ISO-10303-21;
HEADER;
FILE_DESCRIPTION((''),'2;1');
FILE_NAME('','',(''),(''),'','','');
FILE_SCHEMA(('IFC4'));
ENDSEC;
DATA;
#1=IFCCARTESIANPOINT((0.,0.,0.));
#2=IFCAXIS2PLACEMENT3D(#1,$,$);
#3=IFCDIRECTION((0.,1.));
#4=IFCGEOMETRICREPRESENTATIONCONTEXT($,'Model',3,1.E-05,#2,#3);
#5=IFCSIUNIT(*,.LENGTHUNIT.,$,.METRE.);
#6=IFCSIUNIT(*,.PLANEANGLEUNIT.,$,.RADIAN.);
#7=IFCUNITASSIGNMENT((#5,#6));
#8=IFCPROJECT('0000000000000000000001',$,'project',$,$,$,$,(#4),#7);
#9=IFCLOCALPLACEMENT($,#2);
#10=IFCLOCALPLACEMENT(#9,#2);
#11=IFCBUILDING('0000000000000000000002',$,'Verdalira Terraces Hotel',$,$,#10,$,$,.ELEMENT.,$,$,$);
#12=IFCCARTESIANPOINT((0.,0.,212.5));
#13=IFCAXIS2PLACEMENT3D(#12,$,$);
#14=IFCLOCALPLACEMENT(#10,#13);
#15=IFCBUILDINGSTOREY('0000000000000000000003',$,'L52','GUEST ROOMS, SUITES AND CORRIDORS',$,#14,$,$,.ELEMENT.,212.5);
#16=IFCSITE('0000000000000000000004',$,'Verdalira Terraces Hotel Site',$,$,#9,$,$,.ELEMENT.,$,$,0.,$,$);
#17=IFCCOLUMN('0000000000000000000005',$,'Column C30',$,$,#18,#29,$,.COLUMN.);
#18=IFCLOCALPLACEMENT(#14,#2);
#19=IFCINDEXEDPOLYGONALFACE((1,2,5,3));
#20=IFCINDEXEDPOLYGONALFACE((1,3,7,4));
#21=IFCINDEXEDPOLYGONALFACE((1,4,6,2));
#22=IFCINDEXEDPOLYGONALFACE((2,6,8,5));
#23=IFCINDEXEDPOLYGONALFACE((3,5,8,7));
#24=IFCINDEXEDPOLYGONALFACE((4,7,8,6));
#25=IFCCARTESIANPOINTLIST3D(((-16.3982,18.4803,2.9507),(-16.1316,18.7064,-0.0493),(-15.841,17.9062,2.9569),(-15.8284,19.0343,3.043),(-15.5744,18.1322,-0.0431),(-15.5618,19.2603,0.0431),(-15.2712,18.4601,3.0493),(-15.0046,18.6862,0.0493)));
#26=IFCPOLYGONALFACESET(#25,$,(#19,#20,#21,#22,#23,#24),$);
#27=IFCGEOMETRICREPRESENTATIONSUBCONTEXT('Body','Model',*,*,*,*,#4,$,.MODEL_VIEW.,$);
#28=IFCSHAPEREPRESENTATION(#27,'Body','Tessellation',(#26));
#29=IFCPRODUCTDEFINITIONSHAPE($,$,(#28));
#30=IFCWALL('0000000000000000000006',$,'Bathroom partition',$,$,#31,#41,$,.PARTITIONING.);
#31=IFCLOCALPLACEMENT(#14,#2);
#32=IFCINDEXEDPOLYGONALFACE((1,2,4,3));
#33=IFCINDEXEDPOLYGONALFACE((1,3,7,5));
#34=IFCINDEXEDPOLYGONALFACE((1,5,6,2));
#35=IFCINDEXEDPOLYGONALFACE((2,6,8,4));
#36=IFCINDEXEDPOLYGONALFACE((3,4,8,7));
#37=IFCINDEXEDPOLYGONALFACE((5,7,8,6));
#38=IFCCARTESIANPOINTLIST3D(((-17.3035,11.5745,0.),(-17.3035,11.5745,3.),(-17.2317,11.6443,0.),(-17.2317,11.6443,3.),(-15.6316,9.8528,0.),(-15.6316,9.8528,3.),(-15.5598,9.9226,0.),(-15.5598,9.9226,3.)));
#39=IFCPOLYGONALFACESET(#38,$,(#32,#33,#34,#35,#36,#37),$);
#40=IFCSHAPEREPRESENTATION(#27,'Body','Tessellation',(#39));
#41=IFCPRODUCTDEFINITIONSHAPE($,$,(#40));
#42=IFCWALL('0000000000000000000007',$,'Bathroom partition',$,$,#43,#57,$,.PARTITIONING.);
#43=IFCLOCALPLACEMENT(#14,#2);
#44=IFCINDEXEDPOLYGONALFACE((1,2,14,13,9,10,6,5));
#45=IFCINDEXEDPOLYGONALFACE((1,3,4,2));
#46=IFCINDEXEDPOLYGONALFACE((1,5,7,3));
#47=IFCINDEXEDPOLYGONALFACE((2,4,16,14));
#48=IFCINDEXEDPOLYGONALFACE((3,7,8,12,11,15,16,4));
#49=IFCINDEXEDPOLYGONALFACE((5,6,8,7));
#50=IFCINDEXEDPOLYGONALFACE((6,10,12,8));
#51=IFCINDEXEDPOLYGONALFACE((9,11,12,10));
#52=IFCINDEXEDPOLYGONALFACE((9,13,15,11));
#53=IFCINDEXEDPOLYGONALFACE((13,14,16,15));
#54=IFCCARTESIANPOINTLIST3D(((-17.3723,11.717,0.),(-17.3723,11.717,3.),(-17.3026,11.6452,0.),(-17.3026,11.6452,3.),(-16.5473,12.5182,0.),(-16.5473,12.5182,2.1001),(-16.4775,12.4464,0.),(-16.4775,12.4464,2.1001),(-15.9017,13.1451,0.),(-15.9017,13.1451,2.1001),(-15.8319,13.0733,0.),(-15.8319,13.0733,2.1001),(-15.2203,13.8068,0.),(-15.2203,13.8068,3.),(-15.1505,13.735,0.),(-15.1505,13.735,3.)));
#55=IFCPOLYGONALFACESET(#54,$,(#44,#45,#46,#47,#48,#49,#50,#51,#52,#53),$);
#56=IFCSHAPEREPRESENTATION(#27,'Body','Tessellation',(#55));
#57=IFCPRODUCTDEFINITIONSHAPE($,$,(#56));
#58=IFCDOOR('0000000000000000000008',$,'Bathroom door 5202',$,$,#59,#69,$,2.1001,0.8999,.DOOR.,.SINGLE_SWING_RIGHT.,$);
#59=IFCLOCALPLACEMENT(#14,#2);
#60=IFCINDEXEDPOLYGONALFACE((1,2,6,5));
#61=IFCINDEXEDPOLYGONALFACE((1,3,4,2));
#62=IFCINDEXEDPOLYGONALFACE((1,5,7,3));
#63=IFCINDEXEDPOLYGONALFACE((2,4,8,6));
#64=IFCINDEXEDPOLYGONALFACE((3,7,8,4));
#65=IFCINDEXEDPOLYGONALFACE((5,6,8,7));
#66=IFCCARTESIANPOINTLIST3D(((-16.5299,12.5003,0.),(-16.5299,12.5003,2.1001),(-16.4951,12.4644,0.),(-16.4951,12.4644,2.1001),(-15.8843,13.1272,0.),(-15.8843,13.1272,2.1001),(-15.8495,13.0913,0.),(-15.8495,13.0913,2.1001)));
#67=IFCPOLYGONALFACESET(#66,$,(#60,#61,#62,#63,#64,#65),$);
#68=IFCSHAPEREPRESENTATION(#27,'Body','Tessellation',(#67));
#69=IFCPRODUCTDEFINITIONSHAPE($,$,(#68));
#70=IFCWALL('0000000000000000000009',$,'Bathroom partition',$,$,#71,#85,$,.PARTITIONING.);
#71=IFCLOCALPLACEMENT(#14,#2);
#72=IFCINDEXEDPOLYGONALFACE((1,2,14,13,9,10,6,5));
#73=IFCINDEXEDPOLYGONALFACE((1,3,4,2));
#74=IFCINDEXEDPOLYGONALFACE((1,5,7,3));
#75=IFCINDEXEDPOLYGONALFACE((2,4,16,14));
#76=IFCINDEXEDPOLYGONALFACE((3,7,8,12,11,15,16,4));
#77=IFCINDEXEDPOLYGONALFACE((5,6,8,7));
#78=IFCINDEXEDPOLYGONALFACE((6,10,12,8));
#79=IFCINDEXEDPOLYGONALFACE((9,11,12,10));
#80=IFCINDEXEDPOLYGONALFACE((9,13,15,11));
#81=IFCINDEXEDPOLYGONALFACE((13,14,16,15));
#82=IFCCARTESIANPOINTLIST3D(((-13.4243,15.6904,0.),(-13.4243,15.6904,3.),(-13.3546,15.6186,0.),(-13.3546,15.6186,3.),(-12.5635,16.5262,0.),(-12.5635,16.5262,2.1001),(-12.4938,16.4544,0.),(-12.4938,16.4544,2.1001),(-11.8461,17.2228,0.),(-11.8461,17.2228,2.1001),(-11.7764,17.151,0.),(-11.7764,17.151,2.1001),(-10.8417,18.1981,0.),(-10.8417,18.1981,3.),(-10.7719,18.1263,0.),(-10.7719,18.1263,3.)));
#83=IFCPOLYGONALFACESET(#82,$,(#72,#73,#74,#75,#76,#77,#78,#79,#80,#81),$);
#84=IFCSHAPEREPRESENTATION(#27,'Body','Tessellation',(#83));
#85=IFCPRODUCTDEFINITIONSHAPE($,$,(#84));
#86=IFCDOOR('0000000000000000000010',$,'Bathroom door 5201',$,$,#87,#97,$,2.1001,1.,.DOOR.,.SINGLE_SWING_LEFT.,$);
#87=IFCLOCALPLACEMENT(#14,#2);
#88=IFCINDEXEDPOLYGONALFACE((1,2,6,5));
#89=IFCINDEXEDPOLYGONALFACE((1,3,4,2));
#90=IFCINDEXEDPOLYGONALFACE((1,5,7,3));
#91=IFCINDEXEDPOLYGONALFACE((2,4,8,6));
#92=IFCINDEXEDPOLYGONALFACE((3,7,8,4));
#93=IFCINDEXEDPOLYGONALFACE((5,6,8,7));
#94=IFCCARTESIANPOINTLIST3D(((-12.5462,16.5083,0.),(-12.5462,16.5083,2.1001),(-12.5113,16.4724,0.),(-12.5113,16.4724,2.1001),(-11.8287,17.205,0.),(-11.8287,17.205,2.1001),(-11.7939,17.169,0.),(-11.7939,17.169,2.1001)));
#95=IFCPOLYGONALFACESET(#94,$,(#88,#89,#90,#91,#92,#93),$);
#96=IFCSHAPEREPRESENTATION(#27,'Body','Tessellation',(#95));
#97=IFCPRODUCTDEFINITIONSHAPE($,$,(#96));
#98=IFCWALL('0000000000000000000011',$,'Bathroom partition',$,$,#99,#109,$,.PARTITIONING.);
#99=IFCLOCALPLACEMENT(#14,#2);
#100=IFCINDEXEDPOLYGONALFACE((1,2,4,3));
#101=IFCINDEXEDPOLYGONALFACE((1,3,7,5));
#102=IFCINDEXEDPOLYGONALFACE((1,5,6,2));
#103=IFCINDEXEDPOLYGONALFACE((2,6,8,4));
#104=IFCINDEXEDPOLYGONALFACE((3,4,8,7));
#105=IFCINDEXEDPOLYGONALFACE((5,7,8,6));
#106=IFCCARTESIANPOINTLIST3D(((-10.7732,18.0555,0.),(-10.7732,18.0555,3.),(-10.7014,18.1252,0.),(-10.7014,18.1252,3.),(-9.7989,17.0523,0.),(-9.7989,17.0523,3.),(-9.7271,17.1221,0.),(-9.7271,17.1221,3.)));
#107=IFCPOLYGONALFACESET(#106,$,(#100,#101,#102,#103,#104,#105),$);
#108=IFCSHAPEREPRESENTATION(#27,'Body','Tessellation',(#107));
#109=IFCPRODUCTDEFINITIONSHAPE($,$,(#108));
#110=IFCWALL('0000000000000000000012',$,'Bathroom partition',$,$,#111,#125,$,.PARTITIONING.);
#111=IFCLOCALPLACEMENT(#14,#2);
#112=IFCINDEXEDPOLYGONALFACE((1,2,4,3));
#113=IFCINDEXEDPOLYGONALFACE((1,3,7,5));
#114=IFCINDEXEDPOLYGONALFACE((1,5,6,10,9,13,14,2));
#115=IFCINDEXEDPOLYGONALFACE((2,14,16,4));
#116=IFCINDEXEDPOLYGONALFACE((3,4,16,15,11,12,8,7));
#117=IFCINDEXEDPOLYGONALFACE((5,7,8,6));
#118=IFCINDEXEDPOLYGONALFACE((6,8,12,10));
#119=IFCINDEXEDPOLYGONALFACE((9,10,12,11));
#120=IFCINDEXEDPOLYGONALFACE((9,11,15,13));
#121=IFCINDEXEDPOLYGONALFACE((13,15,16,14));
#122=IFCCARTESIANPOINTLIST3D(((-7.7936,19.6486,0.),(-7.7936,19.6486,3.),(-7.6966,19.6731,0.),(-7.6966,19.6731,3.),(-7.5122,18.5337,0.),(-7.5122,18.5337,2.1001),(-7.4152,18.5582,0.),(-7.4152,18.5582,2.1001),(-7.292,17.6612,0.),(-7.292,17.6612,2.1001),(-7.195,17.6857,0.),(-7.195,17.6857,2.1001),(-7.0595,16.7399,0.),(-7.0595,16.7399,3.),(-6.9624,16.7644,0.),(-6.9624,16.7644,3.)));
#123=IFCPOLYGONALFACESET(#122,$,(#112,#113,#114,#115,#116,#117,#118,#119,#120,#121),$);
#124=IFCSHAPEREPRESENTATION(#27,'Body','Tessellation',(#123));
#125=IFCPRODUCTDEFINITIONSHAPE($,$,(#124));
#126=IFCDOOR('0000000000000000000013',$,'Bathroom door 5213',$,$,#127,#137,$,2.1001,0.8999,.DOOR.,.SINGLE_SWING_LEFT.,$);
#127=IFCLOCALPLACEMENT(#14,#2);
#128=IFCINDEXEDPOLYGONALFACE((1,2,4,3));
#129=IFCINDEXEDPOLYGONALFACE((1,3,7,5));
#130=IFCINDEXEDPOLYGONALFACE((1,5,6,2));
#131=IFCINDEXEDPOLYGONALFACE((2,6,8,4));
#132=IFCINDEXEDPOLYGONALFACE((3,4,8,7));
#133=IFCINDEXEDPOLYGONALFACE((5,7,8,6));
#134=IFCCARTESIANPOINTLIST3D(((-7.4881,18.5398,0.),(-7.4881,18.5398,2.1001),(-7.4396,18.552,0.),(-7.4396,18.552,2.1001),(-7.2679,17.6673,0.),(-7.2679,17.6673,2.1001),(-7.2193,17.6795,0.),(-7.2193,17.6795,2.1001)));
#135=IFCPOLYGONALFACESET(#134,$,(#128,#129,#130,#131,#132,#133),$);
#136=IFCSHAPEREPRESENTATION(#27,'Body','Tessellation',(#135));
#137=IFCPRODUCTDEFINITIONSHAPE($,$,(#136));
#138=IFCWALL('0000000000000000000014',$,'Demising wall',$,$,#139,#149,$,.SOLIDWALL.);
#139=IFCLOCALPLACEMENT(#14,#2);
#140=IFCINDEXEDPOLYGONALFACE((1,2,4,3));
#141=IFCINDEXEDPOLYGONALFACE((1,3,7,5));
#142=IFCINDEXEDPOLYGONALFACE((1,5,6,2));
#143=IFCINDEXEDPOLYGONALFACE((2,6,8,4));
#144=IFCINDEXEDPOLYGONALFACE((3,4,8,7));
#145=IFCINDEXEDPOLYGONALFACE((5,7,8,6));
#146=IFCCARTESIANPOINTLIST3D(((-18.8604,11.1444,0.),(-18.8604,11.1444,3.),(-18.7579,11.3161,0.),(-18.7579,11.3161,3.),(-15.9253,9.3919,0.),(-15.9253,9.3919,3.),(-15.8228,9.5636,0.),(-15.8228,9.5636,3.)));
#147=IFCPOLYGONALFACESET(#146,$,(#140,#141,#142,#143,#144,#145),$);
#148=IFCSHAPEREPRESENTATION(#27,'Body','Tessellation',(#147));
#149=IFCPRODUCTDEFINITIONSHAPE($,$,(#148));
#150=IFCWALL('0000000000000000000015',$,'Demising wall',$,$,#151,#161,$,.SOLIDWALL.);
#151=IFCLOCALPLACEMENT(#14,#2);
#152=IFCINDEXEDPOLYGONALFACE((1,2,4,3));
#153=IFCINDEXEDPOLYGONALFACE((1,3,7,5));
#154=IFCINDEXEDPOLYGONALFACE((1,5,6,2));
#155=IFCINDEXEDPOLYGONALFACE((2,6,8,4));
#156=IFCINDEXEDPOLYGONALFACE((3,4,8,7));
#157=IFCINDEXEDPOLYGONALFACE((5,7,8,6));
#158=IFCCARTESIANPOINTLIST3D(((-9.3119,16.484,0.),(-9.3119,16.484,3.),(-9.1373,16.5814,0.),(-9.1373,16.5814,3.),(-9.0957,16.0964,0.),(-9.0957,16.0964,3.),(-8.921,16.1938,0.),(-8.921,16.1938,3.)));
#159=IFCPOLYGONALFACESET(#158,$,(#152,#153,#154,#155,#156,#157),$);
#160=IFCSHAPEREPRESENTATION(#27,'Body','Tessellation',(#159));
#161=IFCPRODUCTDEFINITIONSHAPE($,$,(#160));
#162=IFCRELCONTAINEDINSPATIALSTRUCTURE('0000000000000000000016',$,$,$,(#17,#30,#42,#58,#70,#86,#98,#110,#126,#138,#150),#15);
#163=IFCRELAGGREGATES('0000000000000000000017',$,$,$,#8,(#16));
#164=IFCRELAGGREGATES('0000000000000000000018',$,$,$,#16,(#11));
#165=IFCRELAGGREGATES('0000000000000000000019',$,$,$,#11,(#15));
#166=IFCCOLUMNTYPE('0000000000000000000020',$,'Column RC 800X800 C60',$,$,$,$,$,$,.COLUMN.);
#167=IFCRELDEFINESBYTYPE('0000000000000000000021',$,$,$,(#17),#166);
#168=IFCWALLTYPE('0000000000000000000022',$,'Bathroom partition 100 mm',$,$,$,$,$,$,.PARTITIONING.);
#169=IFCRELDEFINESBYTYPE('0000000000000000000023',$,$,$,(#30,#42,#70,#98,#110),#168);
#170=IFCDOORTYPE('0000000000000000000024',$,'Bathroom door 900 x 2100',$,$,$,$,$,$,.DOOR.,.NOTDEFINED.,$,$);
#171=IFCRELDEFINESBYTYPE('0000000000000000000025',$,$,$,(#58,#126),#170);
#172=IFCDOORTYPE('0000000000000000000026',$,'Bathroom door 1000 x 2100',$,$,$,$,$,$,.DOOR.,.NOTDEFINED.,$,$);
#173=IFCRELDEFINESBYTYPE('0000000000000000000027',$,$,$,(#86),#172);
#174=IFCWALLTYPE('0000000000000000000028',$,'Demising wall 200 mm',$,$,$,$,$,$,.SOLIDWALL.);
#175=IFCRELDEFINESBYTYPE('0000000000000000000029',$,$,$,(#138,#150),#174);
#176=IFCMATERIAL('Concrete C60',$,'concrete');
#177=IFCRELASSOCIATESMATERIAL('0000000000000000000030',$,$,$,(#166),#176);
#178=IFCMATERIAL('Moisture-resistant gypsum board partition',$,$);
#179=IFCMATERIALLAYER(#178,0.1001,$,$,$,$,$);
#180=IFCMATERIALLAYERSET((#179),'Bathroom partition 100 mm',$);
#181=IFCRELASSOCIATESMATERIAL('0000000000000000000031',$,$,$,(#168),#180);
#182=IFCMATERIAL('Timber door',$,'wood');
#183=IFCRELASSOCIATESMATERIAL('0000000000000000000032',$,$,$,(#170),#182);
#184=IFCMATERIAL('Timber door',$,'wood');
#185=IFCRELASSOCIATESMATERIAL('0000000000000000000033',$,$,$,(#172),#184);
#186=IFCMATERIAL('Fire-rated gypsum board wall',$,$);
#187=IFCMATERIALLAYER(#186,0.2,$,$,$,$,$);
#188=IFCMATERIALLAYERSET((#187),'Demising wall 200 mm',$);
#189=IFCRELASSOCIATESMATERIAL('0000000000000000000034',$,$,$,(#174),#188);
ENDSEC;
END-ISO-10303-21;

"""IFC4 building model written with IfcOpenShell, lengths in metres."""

from ifc_helpers import new_model, si_unit, direction, frame, frame_2d, origin, origin_2d, place, context, subcontext, project, spatial, rectangle, extrude, material, layer, layer_set, material_profile, profile_set, type_object, element, fill, save


model = new_model("IFC4")

# Units and contexts
model_context = context("Model", 3, precision=1e-05, world=origin(), true_north=direction((0.0, 1.0)))
body_context = subcontext(model_context, "Body", "Model", "MODEL_VIEW")
ifc_project = project(units=[si_unit("LENGTHUNIT", "METRE"), si_unit("PLANEANGLEUNIT", "RADIAN")], contexts=[model_context])

# Site, building, storey
site_placement = place(None, origin())
site = spatial("IfcSite", under=ifc_project, at=site_placement, Name="Verdalira Terraces Hotel Site", CompositionType="ELEMENT", RefElevation=0.0)
building_placement = place(site_placement, origin())
building = spatial("IfcBuilding", under=site, at=building_placement, Name="Verdalira Terraces Hotel", CompositionType="ELEMENT")
storey_placement = place(building_placement, frame((0.0, 0.0, 212.5)))
storey = spatial("IfcBuildingStorey", under=building, at=storey_placement, Name="L52", Description="GUEST ROOMS, SUITES AND CORRIDORS", CompositionType="ELEMENT", Elevation=212.5)

# Column
ifc_material_1 = material(Name="Concrete C60", Category="concrete")
ifc_material_profile = material_profile(ifc_material_1, rectangle(XDim=0.8, YDim=0.8, at=origin_2d()), Name="RC 800X800")
ifc_profile_set = profile_set([ifc_material_profile], Name="Concrete C60")
column_type = type_object("IfcColumnType", Name="Column RC 800X800 C60", PredefinedType="COLUMN", material=ifc_profile_set)
column_placement = place(storey_placement, frame((-15.5681, 18.6963, 0.0), z_axis=(-0.08827, -0.074852, 0.99328), x_axis=(-0.696413, 0.717599, -0.007811)))
element("IfcColumn", 1, at=column_placement, inside=storey, type_object=column_type, Name="Column C30", PredefinedType="COLUMN", context=body_context, shape_type="SweptSolid", body=[
    extrude(rectangle(XDim=0.8, YDim=0.8, at=origin_2d()), origin(), (0.0, 0.0, 1.0), 3.0203),
])

# Wall
ifc_material_2 = material(Name="Moisture-resistant gypsum board partition")
ifc_layer_1 = layer(ifc_material_2, 0.1001)
ifc_layer_set_1 = layer_set([ifc_layer_1], Name="Bathroom partition 100 mm")
wall_type_1 = type_object("IfcWallType", Name="Bathroom partition 100 mm", PredefinedType="PARTITIONING", material=ifc_layer_set_1)
wall_1_placement = place(storey_placement, frame((-15.5957, 9.8877, 0.0), z_axis=(0.0, 0.0, 1.0), x_axis=(-0.696654, 0.717407, 0.0)))
element("IfcWall", 2, at=wall_1_placement, inside=storey, type_object=wall_type_1, Name="Bathroom partition", PredefinedType="PARTITIONING", context=body_context, shape_type="SweptSolid", body=[
    extrude(rectangle(XDim=2.3999, YDim=0.1001, at=frame_2d((1.2, 0.0))), origin(), (0.0, 0.0, 1.0), 3.0),
])

# Walls, openings, doors
wall_2_placement = place(storey_placement, frame((-15.1853, 13.771, 0.0), z_axis=(0.0, 0.0, 1.0), x_axis=(-0.717407, -0.696654, 0.0)))
wall_2 = element("IfcWall", 3, at=wall_2_placement, inside=storey, type_object=wall_type_1, Name="Bathroom partition", PredefinedType="PARTITIONING", context=body_context, shape_type="SweptSolid", body=[
    extrude(rectangle(XDim=2.9998, YDim=0.1001, at=frame_2d((1.5, 0.0))), origin(), (0.0, 0.0, 1.0), 3.0),
])
opening_1_placement = place(wall_2_placement, frame((0.95, 0.0, 0.0)))
opening_1 = element("IfcOpeningElement", 4, at=opening_1_placement, cuts=wall_2, PredefinedType="OPENING", context=body_context, shape_type="SweptSolid", body=[
    extrude(rectangle(XDim=0.8999, YDim=2.1001, at=frame_2d((0.45, 1.05))), frame((0.0, 0.0601, 0.0), z_axis=(0.0, -1.0, 0.0), x_axis=(1.0, 0.0, 0.0)), (0.0, 0.0, 1.0), 0.1201),
])
ifc_material_3 = material(Name="Timber door", Category="wood")
door_type_1 = type_object("IfcDoorType", Name="Bathroom door 900 x 2100", OperationType="NOTDEFINED", PredefinedType="DOOR", material=ifc_material_3)
door_1_placement = place(opening_1_placement, origin())
door_1 = element("IfcDoor", 5, at=door_1_placement, inside=storey, type_object=door_type_1, Name="Bathroom door 5202", OperationType="SINGLE_SWING_RIGHT", OverallHeight=2.1001, OverallWidth=0.8999, PredefinedType="DOOR", context=body_context, shape_type="SweptSolid", body=[
    extrude(rectangle(XDim=0.8999, YDim=2.1001, at=frame_2d((0.45, 1.05))), frame((0.0, 0.0249, 0.0), z_axis=(0.0, -1.0, 0.0), x_axis=(1.0, 0.0, 0.0)), (0.0, 0.0, 1.0), 0.05),
])
fill(opening_1, door_1)
wall_3_placement = place(storey_placement, frame((-10.8069, 18.1621, 0.0), z_axis=(0.0, 0.0, 1.0), x_axis=(-0.71744, -0.69662, 0.0)))
wall_3 = element("IfcWall", 6, at=wall_3_placement, inside=storey, type_object=wall_type_1, Name="Bathroom partition", PredefinedType="PARTITIONING", context=body_context, shape_type="SweptSolid", body=[
    extrude(rectangle(XDim=3.5999, YDim=0.1001, at=frame_2d((1.7998, 0.0))), origin(), (0.0, 0.0, 1.0), 3.0),
])
opening_2_placement = place(wall_3_placement, frame((1.3999, 0.0, 0.0)))
opening_2 = element("IfcOpeningElement", 7, at=opening_2_placement, cuts=wall_3, PredefinedType="OPENING", context=body_context, shape_type="SweptSolid", body=[
    extrude(rectangle(XDim=1.0, YDim=2.1001, at=frame_2d((0.5, 1.05))), frame((0.0, 0.0601, 0.0), z_axis=(0.0, -1.0, 0.0), x_axis=(1.0, 0.0, 0.0)), (0.0, 0.0, 1.0), 0.1201),
])
ifc_material_4 = material(Name="Timber door", Category="wood")
door_type_2 = type_object("IfcDoorType", Name="Bathroom door 1000 x 2100", OperationType="NOTDEFINED", PredefinedType="DOOR", material=ifc_material_4)
door_2_placement = place(opening_2_placement, origin())
door_2 = element("IfcDoor", 8, at=door_2_placement, inside=storey, type_object=door_type_2, Name="Bathroom door 5201", OperationType="SINGLE_SWING_LEFT", OverallHeight=2.1001, OverallWidth=1.0, PredefinedType="DOOR", context=body_context, shape_type="SweptSolid", body=[
    extrude(rectangle(XDim=1.0, YDim=2.1001, at=frame_2d((0.5, 1.05))), frame((0.0, 0.0249, 0.0), z_axis=(0.0, -1.0, 0.0), x_axis=(1.0, 0.0, 0.0)), (0.0, 0.0, 1.0), 0.05),
])
fill(opening_2, door_2)

# Wall
wall_4_placement = place(storey_placement, frame((-10.7373, 18.0903, 0.0), z_axis=(0.0, 0.0, 1.0), x_axis=(0.696732, -0.717332, 0.0)))
element("IfcWall", 9, at=wall_4_placement, inside=storey, type_object=wall_type_1, Name="Bathroom partition", PredefinedType="PARTITIONING", context=body_context, shape_type="SweptSolid", body=[
    extrude(rectangle(XDim=1.3984, YDim=0.1001, at=frame_2d((0.6992, 0.0))), origin(), (0.0, 0.0, 1.0), 3.0),
])

# Wall, opening, door
wall_5_placement = place(storey_placement, frame((-7.7451, 19.6609, 0.0), z_axis=(0.0, 0.0, 1.0), x_axis=(0.244718, -0.969594, 0.0)))
wall_5 = element("IfcWall", 10, at=wall_5_placement, inside=storey, type_object=wall_type_1, Name="Bathroom partition", PredefinedType="PARTITIONING", context=body_context, shape_type="SweptSolid", body=[
    extrude(rectangle(XDim=3.0, YDim=0.1001, at=frame_2d((1.5, 0.0))), origin(), (0.0, 0.0, 1.0), 3.0),
])
opening_3_placement = place(wall_5_placement, frame((1.1499, 0.0, 0.0)))
opening_3 = element("IfcOpeningElement", 11, at=opening_3_placement, cuts=wall_5, PredefinedType="OPENING", context=body_context, shape_type="SweptSolid", body=[
    extrude(rectangle(XDim=0.8999, YDim=2.1001, at=frame_2d((0.45, 1.05))), frame((0.0, 0.0601, 0.0), z_axis=(0.0, -1.0, 0.0), x_axis=(1.0, 0.0, 0.0)), (0.0, 0.0, 1.0), 0.1201),
])
door_3_placement = place(opening_3_placement, origin())
door_3 = element("IfcDoor", 12, at=door_3_placement, inside=storey, type_object=door_type_1, Name="Bathroom door 5213", OperationType="SINGLE_SWING_LEFT", OverallHeight=2.1001, OverallWidth=0.8999, PredefinedType="DOOR", context=body_context, shape_type="SweptSolid", body=[
    extrude(rectangle(XDim=0.8999, YDim=2.1001, at=frame_2d((0.45, 1.05))), frame((0.0, 0.0249, 0.0), z_axis=(0.0, -1.0, 0.0), x_axis=(1.0, 0.0, 0.0)), (0.0, 0.0, 1.0), 0.05),
])
fill(opening_3, door_3)

# Walls
ifc_material_5 = material(Name="Fire-rated gypsum board wall")
ifc_layer_2 = layer(ifc_material_5, 0.2)
ifc_layer_set_2 = layer_set([ifc_layer_2], Name="Demising wall 200 mm")
wall_type_2 = type_object("IfcWallType", Name="Demising wall 200 mm", PredefinedType="SOLIDWALL", material=ifc_layer_set_2)
wall_6_placement = place(storey_placement, frame((-15.874, 9.4778, 0.0), z_axis=(0.0, 0.0, 1.0), x_axis=(-0.8586, 0.512646, 0.0)))
element("IfcWall", 13, at=wall_6_placement, inside=storey, type_object=wall_type_2, Name="Demising wall", PredefinedType="SOLIDWALL", context=body_context, shape_type="SweptSolid", body=[
    extrude(rectangle(XDim=3.4185, YDim=0.2, at=frame_2d((1.7092, 0.0))), origin(), (0.0, 0.0, 1.0), 3.0),
])
wall_7_placement = place(storey_placement, frame((-9.2246, 16.5327, 0.0), z_axis=(0.0, 0.0, 1.0), x_axis=(0.48723, -0.873274, 0.0)))
element("IfcWall", 14, at=wall_7_placement, inside=storey, type_object=wall_type_2, Name="Demising wall", PredefinedType="SOLIDWALL", context=body_context, shape_type="SweptSolid", body=[
    extrude(rectangle(XDim=0.4438, YDim=0.2, at=frame_2d((0.2219, 0.0))), origin(), (0.0, 0.0, 1.0), 3.0),
])

save(model, "model.ifc")
